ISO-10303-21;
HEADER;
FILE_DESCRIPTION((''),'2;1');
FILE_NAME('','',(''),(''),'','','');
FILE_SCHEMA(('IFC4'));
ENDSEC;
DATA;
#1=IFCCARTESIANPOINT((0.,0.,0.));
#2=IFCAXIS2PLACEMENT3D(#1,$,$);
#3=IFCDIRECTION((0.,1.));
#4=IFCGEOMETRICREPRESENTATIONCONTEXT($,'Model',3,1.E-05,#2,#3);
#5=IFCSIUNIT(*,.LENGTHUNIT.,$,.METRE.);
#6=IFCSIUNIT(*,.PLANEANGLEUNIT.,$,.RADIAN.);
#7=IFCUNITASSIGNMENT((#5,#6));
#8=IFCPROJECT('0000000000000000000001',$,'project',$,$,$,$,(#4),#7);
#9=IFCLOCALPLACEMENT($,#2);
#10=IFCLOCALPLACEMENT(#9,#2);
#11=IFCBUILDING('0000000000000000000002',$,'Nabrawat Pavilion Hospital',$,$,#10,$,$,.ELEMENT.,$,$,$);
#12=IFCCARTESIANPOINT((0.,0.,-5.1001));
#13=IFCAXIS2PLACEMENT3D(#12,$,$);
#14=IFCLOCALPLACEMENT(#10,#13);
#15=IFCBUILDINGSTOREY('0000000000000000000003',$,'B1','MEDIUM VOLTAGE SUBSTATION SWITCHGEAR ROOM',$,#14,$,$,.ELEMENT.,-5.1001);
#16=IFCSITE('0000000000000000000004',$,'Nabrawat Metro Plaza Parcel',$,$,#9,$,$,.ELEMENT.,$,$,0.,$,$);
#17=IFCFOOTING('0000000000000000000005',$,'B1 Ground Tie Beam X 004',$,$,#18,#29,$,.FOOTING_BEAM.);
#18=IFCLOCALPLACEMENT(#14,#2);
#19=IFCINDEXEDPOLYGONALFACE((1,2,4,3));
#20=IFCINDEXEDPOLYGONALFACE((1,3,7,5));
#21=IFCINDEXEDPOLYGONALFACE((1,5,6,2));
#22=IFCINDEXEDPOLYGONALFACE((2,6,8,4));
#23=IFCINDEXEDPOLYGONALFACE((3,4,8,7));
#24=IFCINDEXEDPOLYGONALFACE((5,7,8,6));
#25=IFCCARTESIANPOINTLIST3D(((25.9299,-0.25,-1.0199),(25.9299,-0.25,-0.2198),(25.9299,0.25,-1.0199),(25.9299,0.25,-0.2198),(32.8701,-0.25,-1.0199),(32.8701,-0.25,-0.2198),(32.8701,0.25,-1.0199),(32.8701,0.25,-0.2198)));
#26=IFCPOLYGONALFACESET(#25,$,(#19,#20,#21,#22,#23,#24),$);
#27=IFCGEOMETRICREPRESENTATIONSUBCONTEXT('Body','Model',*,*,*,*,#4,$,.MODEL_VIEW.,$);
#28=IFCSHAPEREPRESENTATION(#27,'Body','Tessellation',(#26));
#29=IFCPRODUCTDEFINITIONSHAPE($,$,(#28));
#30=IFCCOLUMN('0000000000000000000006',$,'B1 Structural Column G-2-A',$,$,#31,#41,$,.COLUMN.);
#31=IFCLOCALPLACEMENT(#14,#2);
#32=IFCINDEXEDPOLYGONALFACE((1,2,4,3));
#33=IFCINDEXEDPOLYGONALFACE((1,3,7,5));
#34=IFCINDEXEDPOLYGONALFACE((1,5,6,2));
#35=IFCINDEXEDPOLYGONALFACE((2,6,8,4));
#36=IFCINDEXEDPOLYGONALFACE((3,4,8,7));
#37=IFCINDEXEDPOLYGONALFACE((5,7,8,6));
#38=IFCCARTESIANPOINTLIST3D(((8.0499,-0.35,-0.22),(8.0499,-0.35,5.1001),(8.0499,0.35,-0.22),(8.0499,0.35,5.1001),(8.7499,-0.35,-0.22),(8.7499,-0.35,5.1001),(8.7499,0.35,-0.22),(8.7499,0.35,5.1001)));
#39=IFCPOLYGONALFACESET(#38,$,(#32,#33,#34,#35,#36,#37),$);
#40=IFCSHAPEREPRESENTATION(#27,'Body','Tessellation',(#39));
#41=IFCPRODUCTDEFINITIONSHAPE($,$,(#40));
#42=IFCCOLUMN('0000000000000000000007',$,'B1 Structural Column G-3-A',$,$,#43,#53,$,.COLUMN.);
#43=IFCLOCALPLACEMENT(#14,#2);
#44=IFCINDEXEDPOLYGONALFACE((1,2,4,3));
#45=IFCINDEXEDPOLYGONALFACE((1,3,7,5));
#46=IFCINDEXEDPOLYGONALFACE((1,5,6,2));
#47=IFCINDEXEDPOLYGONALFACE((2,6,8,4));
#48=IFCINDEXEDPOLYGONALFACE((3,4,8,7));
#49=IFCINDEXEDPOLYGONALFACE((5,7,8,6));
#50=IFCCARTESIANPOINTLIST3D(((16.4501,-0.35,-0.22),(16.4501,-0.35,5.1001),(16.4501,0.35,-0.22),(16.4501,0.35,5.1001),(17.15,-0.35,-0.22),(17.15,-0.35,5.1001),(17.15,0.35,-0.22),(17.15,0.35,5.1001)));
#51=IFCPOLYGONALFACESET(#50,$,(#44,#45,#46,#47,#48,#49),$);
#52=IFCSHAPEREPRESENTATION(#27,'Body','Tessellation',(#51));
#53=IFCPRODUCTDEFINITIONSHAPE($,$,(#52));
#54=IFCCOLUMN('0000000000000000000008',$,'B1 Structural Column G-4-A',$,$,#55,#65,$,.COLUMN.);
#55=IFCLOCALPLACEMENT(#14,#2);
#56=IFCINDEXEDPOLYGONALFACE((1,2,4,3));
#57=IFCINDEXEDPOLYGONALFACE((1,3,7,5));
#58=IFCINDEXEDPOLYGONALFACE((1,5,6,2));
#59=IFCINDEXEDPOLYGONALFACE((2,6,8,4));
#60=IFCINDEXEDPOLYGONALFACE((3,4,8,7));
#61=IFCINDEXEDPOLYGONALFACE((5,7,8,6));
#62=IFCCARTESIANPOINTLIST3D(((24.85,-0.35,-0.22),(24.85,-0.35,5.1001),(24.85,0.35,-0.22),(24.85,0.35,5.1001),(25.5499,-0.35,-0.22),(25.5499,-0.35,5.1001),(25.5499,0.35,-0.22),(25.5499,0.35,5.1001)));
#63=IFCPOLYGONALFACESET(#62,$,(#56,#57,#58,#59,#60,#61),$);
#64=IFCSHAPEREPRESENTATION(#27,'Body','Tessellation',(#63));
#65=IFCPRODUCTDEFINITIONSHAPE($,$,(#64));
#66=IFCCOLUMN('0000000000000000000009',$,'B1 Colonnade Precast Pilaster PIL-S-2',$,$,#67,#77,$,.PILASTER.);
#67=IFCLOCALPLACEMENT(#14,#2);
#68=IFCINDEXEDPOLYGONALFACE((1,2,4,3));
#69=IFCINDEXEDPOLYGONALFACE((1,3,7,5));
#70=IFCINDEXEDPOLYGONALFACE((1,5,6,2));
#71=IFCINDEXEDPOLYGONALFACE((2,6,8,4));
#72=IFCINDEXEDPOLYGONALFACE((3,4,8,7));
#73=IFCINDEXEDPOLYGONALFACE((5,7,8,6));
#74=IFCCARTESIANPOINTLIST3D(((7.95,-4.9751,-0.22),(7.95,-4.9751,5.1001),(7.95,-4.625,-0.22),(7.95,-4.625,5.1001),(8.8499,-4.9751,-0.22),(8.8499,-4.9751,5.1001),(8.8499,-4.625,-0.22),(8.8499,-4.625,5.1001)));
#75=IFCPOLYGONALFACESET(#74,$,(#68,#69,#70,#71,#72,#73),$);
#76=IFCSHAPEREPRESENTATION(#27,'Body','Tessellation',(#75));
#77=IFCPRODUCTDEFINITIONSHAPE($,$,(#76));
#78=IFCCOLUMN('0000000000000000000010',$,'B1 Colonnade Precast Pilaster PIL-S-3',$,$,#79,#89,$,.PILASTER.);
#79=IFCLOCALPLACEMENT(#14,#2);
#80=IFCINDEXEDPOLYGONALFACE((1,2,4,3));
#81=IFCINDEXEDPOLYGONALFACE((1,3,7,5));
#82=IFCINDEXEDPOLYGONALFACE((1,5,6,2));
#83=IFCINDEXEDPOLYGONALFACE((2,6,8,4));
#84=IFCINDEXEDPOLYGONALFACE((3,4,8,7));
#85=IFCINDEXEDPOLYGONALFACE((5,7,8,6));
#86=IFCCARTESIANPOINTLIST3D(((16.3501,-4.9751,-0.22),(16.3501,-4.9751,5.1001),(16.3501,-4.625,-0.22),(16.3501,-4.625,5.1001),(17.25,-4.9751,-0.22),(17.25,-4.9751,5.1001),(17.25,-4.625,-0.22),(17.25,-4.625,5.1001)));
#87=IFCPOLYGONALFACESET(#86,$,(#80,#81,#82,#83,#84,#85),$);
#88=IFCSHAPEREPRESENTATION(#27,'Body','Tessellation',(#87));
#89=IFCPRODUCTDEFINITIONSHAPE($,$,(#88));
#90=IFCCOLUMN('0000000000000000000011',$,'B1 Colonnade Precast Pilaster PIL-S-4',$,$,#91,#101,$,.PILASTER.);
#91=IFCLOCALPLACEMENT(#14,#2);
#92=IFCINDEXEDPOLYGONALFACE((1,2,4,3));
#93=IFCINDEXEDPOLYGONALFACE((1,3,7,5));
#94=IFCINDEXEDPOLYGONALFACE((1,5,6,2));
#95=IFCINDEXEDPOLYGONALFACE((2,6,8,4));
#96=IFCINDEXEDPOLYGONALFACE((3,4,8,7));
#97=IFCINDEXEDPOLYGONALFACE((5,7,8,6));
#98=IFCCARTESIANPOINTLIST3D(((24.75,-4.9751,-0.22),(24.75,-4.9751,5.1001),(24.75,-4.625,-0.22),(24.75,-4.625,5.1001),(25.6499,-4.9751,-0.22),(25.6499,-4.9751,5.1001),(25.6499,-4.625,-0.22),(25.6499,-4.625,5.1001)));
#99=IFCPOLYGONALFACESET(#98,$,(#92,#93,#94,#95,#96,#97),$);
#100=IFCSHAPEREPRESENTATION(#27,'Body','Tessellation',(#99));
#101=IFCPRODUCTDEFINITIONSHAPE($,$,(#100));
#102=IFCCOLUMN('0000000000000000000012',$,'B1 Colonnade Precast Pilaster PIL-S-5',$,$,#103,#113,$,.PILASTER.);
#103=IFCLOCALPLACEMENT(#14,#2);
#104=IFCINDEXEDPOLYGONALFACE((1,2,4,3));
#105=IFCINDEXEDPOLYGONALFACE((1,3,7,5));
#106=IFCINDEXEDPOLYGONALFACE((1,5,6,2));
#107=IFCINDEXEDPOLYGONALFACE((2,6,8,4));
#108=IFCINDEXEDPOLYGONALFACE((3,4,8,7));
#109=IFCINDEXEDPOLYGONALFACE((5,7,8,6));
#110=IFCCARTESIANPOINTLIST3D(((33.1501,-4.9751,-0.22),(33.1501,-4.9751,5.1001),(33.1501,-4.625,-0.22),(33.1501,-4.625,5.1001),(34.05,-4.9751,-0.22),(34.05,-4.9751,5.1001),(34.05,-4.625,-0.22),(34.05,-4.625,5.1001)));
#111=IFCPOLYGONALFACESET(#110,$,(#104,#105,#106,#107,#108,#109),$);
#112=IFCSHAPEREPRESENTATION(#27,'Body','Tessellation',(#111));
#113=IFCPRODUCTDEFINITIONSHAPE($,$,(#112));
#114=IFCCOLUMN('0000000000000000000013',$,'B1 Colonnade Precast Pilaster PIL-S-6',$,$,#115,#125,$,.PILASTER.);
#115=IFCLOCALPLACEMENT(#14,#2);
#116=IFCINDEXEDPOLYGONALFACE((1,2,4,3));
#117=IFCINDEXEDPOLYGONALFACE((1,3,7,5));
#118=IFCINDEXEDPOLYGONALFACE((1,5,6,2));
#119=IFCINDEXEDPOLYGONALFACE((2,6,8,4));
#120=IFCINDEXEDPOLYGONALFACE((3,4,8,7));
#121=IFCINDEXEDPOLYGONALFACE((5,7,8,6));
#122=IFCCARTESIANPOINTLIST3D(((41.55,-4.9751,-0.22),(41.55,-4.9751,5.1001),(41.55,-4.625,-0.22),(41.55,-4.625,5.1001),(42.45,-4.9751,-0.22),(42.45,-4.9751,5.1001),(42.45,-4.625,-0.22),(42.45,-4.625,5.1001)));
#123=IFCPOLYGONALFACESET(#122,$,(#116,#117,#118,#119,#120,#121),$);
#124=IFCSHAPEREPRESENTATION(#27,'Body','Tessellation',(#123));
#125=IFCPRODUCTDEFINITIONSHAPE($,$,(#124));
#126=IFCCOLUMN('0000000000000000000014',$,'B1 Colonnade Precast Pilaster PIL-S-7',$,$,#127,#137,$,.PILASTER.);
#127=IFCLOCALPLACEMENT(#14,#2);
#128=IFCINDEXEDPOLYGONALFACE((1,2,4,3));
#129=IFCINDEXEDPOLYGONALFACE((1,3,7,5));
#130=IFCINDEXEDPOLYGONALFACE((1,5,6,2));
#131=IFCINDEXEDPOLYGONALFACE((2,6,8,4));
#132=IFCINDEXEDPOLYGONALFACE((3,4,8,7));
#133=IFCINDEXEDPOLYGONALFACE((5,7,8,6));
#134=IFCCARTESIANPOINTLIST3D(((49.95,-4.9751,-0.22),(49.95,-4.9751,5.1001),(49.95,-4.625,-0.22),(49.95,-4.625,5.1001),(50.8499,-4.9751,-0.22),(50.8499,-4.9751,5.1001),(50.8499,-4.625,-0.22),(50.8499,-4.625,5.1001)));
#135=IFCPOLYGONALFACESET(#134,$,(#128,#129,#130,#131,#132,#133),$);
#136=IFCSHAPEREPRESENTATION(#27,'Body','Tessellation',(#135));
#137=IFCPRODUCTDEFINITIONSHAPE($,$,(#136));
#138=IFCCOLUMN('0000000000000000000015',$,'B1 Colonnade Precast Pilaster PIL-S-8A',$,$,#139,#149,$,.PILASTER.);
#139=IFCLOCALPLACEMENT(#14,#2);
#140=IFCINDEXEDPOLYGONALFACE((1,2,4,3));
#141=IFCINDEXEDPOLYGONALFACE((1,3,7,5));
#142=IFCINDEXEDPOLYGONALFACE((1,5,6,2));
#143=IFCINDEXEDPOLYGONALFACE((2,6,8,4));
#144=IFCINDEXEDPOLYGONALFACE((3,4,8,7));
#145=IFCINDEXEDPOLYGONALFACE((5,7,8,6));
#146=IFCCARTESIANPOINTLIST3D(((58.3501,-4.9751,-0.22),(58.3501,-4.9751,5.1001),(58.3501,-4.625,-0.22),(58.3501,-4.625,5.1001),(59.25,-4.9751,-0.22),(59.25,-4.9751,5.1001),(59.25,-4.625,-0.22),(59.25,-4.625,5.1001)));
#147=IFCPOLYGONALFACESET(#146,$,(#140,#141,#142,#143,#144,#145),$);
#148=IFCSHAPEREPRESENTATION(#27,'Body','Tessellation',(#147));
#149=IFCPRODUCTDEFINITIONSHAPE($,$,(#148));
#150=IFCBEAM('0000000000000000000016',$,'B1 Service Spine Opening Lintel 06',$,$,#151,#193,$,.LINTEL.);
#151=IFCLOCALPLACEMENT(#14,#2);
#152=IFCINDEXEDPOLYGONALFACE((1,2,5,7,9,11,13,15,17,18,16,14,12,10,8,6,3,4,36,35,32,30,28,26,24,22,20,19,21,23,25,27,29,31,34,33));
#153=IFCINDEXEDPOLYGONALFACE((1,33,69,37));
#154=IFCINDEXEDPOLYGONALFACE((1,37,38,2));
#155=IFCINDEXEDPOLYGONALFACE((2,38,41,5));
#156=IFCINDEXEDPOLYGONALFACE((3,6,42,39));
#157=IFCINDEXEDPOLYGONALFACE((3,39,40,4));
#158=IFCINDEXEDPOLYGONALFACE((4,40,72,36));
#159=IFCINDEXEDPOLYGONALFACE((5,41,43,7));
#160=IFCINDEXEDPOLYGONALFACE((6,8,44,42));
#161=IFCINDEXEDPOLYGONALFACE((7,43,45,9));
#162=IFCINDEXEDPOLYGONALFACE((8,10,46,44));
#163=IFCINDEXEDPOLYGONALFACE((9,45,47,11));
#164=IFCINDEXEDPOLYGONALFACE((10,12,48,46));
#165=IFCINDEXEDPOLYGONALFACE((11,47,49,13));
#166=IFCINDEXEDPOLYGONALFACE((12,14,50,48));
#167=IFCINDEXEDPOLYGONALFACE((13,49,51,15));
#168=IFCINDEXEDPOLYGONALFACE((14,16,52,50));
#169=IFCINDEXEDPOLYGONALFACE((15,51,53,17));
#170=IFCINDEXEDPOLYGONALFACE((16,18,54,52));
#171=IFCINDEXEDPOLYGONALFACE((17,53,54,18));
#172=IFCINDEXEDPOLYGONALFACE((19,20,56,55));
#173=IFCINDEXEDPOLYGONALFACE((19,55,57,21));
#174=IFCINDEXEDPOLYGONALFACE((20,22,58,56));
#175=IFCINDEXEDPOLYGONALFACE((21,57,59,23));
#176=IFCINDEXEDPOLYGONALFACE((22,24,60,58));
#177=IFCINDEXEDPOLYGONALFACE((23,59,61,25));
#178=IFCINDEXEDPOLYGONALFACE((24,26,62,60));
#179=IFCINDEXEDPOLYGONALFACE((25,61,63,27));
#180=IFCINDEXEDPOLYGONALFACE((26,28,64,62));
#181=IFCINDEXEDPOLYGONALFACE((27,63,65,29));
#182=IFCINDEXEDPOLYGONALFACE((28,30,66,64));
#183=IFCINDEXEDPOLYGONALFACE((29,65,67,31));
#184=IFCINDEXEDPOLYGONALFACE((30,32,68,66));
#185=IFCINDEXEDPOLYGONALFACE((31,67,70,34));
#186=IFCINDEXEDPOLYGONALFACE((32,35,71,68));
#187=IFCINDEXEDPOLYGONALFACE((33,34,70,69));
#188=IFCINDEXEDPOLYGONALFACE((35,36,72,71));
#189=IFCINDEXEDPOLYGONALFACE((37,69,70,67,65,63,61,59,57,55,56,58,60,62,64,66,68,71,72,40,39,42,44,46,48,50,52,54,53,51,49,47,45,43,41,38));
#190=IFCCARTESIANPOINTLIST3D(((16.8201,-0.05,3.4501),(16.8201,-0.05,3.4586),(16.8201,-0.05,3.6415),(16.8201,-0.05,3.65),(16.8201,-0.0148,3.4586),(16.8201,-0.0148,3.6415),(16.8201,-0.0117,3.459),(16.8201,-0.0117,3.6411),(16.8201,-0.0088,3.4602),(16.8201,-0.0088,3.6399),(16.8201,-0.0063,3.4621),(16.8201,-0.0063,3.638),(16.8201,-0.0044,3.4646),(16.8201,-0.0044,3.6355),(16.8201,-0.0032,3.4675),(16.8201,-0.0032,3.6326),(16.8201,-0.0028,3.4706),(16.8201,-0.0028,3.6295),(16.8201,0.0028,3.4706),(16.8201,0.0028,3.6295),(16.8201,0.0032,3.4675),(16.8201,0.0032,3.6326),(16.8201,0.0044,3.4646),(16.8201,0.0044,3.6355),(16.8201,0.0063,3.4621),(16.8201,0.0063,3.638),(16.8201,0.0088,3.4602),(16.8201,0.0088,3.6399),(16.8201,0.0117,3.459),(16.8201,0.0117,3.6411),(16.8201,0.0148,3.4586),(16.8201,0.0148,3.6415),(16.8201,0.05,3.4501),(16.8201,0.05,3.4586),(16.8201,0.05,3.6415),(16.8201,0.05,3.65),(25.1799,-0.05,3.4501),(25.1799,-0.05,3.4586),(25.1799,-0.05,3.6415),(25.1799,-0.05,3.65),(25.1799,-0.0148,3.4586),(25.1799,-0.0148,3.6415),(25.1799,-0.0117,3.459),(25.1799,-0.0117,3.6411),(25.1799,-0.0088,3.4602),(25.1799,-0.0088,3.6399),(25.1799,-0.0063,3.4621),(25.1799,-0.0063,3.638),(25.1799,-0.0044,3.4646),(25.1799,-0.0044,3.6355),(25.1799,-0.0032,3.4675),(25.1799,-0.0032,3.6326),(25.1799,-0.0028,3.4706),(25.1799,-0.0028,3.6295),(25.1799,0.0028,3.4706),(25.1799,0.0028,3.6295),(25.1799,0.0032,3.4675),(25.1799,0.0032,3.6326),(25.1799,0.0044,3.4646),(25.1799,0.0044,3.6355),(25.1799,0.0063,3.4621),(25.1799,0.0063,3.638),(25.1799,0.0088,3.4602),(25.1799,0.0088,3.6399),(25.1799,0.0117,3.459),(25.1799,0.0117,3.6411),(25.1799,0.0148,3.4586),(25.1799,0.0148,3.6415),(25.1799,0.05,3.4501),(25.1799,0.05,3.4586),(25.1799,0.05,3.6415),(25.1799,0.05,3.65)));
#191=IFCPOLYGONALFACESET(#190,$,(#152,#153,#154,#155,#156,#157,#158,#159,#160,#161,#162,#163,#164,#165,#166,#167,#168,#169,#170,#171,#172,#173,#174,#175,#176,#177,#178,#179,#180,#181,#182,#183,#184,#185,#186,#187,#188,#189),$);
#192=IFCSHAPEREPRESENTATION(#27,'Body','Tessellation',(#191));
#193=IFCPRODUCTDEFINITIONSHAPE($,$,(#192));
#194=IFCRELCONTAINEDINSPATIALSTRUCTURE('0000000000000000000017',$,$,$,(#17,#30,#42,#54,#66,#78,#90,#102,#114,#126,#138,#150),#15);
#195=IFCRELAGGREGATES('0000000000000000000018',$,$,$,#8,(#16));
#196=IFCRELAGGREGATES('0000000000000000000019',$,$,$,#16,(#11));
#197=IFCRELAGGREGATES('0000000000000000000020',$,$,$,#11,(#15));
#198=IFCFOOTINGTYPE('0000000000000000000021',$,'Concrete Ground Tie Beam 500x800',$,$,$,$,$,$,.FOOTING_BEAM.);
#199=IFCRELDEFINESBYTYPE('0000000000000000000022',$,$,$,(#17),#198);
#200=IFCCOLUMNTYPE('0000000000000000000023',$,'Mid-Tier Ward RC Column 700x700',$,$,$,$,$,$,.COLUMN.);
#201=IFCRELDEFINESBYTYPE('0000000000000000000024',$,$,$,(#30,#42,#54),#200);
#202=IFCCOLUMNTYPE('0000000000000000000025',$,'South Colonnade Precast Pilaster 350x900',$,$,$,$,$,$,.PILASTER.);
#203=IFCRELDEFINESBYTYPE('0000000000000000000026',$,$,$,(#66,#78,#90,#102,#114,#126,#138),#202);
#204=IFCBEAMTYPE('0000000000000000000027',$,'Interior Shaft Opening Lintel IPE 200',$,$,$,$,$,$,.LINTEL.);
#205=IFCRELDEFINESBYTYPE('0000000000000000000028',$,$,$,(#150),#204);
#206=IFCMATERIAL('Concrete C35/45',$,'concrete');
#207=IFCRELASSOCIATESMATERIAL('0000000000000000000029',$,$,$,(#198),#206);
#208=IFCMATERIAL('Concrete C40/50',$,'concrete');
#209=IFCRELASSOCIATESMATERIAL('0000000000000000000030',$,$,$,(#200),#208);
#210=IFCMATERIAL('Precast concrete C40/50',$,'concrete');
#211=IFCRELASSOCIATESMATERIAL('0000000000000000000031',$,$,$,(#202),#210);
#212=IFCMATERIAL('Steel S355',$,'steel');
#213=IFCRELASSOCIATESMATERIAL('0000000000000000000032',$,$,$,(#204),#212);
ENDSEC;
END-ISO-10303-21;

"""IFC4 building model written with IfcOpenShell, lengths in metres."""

from ifc_helpers import new_model, si_unit, direction, frame, origin, origin_2d, place, context, subcontext, project, spatial, rectangle, i_section, extrude, material, material_profile, profile_set, type_object, element, save


model = new_model("IFC4")

# Units and contexts
model_context = context("Model", 3, precision=1e-05, world=origin(), true_north=direction((0.0, 1.0)))
body_context = subcontext(model_context, "Body", "Model", "MODEL_VIEW")
ifc_project = project(units=[si_unit("LENGTHUNIT", "METRE"), si_unit("PLANEANGLEUNIT", "RADIAN")], contexts=[model_context])

# Site, building, storey
site_placement = place(None, origin())
site = spatial("IfcSite", under=ifc_project, at=site_placement, Name="Nabrawat Metro Plaza Parcel", CompositionType="ELEMENT", RefElevation=0.0)
building_placement = place(site_placement, origin())
building = spatial("IfcBuilding", under=site, at=building_placement, Name="Nabrawat Pavilion Hospital", CompositionType="ELEMENT")
storey_placement = place(building_placement, frame((0.0, 0.0, -5.1001)))
storey = spatial("IfcBuildingStorey", under=building, at=storey_placement, Name="B1", Description="MEDIUM VOLTAGE SUBSTATION SWITCHGEAR ROOM", CompositionType="ELEMENT", Elevation=-5.1001)

# Shared definitions
ifc_material_1 = material(Name="Concrete C35/45", Category="concrete")

# Footing
ifc_material_profile_1 = material_profile(ifc_material_1, rectangle(XDim=0.5, YDim=0.8, at=origin_2d()), Name="RC 500x800")
ifc_profile_set_1 = profile_set([ifc_material_profile_1], Name="Concrete C35/45")
footing_type = type_object("IfcFootingType", Name="Concrete Ground Tie Beam 500x800", PredefinedType="FOOTING_BEAM", material=ifc_profile_set_1)
footing_1_placement = place(storey_placement, frame((25.9299, 0.0, -0.6199), z_axis=(1.0, 0.0, 0.0), x_axis=(0.0, 1.0, 0.0)))
element("IfcFooting", 1, at=footing_1_placement, inside=storey, type_object=footing_type, Name="B1 Ground Tie Beam X 004", PredefinedType="FOOTING_BEAM", context=body_context, shape_type="SweptSolid", body=[
    extrude(rectangle(XDim=0.5, YDim=0.8, at=origin_2d()), origin(), (0.0, 0.0, 1.0), 6.9402),
])

# Columns
ifc_material_2 = material(Name="Concrete C40/50", Category="concrete")
ifc_material_profile_2 = material_profile(ifc_material_2, rectangle(XDim=0.7, YDim=0.7, at=origin_2d()), Name="RC 700x700")
ifc_profile_set_2 = profile_set([ifc_material_profile_2], Name="Concrete C40/50")
column_type_1 = type_object("IfcColumnType", Name="Mid-Tier Ward RC Column 700x700", PredefinedType="COLUMN", material=ifc_profile_set_2)
for number, where, z_axis, x_axis, name in (
    (2, (8.3999, 0.0, -0.22), (0.0, 0.0, 1.0), (1.0, 0.0, 0.0), "B1 Structural Column G-2-A"),
    (3, (16.8, 0.0, -0.22), (0.0, 0.0, 1.0), (1.0, 0.0, 0.0), "B1 Structural Column G-3-A"),
    (4, (25.2, 0.0, -0.22), (0.0, 0.0, 1.0), (1.0, 0.0, 0.0), "B1 Structural Column G-4-A"),
):
    element("IfcColumn", number, at=place(storey_placement, frame(where, z_axis=z_axis, x_axis=x_axis)), inside=storey, type_object=column_type_1, Name=name, PredefinedType="COLUMN", context=body_context, shape_type="SweptSolid", body=[
        extrude(rectangle(XDim=0.7, YDim=0.7, at=origin_2d()), origin(), (0.0, 0.0, 1.0), 5.3201),
    ])
ifc_material_3 = material(Name="Precast concrete C40/50", Category="concrete")
ifc_material_profile_3 = material_profile(ifc_material_3, rectangle(XDim=0.3501, YDim=0.8999, at=origin_2d()), Name="PC 350x900")
ifc_profile_set_3 = profile_set([ifc_material_profile_3], Name="Precast concrete C40/50")
column_type_2 = type_object("IfcColumnType", Name="South Colonnade Precast Pilaster 350x900", PredefinedType="PILASTER", material=ifc_profile_set_3)
for number, where, z_axis, x_axis, name in (
    (5, (8.3999, -4.8, -0.22), (0.0, 0.0, 1.0), (0.0, 1.0, 0.0), "B1 Colonnade Precast Pilaster PIL-S-2"),
    (6, (16.8, -4.8, -0.22), (0.0, 0.0, 1.0), (0.0, 1.0, 0.0), "B1 Colonnade Precast Pilaster PIL-S-3"),
    (7, (25.2, -4.8, -0.22), (0.0, 0.0, 1.0), (0.0, 1.0, 0.0), "B1 Colonnade Precast Pilaster PIL-S-4"),
    (8, (33.6001, -4.8, -0.22), (0.0, 0.0, 1.0), (0.0, 1.0, 0.0), "B1 Colonnade Precast Pilaster PIL-S-5"),
    (9, (42.0, -4.8, -0.22), (0.0, 0.0, 1.0), (0.0, 1.0, 0.0), "B1 Colonnade Precast Pilaster PIL-S-6"),
    (10, (50.3999, -4.8, -0.22), (0.0, 0.0, 1.0), (0.0, 1.0, 0.0), "B1 Colonnade Precast Pilaster PIL-S-7"),
    (11, (58.8, -4.8, -0.22), (0.0, 0.0, 1.0), (0.0, 1.0, 0.0), "B1 Colonnade Precast Pilaster PIL-S-8A"),
):
    element("IfcColumn", number, at=place(storey_placement, frame(where, z_axis=z_axis, x_axis=x_axis)), inside=storey, type_object=column_type_2, Name=name, PredefinedType="PILASTER", context=body_context, shape_type="SweptSolid", body=[
        extrude(rectangle(XDim=0.3501, YDim=0.8999, at=origin_2d()), origin(), (0.0, 0.0, 1.0), 5.3201),
    ])

# Beam
ifc_material_4 = material(Name="Steel S355", Category="steel")
ifc_material_profile_4 = material_profile(ifc_material_4, i_section(OverallWidth=0.1001, OverallDepth=0.2, WebThickness=0.0056, FlangeThickness=0.0085, FilletRadius=0.012, at=origin_2d()), Name="IPE 200")
ifc_profile_set_4 = profile_set([ifc_material_profile_4], Name="Steel S355")
beam_type = type_object("IfcBeamType", Name="Interior Shaft Opening Lintel IPE 200", PredefinedType="LINTEL", material=ifc_profile_set_4)
beam_1_placement = place(storey_placement, frame((16.8201, 0.0, 3.55), z_axis=(1.0, 0.0, 0.0), x_axis=(0.0, 1.0, 0.0)))
element("IfcBeam", 12, at=beam_1_placement, inside=storey, type_object=beam_type, Name="B1 Service Spine Opening Lintel 06", PredefinedType="LINTEL", context=body_context, shape_type="SweptSolid", body=[
    extrude(i_section(OverallWidth=0.1001, OverallDepth=0.2, WebThickness=0.0056, FlangeThickness=0.0085, FilletRadius=0.012, at=origin_2d()), origin(), (0.0, 0.0, 1.0), 8.3599),
])

save(model, "model.ifc")
